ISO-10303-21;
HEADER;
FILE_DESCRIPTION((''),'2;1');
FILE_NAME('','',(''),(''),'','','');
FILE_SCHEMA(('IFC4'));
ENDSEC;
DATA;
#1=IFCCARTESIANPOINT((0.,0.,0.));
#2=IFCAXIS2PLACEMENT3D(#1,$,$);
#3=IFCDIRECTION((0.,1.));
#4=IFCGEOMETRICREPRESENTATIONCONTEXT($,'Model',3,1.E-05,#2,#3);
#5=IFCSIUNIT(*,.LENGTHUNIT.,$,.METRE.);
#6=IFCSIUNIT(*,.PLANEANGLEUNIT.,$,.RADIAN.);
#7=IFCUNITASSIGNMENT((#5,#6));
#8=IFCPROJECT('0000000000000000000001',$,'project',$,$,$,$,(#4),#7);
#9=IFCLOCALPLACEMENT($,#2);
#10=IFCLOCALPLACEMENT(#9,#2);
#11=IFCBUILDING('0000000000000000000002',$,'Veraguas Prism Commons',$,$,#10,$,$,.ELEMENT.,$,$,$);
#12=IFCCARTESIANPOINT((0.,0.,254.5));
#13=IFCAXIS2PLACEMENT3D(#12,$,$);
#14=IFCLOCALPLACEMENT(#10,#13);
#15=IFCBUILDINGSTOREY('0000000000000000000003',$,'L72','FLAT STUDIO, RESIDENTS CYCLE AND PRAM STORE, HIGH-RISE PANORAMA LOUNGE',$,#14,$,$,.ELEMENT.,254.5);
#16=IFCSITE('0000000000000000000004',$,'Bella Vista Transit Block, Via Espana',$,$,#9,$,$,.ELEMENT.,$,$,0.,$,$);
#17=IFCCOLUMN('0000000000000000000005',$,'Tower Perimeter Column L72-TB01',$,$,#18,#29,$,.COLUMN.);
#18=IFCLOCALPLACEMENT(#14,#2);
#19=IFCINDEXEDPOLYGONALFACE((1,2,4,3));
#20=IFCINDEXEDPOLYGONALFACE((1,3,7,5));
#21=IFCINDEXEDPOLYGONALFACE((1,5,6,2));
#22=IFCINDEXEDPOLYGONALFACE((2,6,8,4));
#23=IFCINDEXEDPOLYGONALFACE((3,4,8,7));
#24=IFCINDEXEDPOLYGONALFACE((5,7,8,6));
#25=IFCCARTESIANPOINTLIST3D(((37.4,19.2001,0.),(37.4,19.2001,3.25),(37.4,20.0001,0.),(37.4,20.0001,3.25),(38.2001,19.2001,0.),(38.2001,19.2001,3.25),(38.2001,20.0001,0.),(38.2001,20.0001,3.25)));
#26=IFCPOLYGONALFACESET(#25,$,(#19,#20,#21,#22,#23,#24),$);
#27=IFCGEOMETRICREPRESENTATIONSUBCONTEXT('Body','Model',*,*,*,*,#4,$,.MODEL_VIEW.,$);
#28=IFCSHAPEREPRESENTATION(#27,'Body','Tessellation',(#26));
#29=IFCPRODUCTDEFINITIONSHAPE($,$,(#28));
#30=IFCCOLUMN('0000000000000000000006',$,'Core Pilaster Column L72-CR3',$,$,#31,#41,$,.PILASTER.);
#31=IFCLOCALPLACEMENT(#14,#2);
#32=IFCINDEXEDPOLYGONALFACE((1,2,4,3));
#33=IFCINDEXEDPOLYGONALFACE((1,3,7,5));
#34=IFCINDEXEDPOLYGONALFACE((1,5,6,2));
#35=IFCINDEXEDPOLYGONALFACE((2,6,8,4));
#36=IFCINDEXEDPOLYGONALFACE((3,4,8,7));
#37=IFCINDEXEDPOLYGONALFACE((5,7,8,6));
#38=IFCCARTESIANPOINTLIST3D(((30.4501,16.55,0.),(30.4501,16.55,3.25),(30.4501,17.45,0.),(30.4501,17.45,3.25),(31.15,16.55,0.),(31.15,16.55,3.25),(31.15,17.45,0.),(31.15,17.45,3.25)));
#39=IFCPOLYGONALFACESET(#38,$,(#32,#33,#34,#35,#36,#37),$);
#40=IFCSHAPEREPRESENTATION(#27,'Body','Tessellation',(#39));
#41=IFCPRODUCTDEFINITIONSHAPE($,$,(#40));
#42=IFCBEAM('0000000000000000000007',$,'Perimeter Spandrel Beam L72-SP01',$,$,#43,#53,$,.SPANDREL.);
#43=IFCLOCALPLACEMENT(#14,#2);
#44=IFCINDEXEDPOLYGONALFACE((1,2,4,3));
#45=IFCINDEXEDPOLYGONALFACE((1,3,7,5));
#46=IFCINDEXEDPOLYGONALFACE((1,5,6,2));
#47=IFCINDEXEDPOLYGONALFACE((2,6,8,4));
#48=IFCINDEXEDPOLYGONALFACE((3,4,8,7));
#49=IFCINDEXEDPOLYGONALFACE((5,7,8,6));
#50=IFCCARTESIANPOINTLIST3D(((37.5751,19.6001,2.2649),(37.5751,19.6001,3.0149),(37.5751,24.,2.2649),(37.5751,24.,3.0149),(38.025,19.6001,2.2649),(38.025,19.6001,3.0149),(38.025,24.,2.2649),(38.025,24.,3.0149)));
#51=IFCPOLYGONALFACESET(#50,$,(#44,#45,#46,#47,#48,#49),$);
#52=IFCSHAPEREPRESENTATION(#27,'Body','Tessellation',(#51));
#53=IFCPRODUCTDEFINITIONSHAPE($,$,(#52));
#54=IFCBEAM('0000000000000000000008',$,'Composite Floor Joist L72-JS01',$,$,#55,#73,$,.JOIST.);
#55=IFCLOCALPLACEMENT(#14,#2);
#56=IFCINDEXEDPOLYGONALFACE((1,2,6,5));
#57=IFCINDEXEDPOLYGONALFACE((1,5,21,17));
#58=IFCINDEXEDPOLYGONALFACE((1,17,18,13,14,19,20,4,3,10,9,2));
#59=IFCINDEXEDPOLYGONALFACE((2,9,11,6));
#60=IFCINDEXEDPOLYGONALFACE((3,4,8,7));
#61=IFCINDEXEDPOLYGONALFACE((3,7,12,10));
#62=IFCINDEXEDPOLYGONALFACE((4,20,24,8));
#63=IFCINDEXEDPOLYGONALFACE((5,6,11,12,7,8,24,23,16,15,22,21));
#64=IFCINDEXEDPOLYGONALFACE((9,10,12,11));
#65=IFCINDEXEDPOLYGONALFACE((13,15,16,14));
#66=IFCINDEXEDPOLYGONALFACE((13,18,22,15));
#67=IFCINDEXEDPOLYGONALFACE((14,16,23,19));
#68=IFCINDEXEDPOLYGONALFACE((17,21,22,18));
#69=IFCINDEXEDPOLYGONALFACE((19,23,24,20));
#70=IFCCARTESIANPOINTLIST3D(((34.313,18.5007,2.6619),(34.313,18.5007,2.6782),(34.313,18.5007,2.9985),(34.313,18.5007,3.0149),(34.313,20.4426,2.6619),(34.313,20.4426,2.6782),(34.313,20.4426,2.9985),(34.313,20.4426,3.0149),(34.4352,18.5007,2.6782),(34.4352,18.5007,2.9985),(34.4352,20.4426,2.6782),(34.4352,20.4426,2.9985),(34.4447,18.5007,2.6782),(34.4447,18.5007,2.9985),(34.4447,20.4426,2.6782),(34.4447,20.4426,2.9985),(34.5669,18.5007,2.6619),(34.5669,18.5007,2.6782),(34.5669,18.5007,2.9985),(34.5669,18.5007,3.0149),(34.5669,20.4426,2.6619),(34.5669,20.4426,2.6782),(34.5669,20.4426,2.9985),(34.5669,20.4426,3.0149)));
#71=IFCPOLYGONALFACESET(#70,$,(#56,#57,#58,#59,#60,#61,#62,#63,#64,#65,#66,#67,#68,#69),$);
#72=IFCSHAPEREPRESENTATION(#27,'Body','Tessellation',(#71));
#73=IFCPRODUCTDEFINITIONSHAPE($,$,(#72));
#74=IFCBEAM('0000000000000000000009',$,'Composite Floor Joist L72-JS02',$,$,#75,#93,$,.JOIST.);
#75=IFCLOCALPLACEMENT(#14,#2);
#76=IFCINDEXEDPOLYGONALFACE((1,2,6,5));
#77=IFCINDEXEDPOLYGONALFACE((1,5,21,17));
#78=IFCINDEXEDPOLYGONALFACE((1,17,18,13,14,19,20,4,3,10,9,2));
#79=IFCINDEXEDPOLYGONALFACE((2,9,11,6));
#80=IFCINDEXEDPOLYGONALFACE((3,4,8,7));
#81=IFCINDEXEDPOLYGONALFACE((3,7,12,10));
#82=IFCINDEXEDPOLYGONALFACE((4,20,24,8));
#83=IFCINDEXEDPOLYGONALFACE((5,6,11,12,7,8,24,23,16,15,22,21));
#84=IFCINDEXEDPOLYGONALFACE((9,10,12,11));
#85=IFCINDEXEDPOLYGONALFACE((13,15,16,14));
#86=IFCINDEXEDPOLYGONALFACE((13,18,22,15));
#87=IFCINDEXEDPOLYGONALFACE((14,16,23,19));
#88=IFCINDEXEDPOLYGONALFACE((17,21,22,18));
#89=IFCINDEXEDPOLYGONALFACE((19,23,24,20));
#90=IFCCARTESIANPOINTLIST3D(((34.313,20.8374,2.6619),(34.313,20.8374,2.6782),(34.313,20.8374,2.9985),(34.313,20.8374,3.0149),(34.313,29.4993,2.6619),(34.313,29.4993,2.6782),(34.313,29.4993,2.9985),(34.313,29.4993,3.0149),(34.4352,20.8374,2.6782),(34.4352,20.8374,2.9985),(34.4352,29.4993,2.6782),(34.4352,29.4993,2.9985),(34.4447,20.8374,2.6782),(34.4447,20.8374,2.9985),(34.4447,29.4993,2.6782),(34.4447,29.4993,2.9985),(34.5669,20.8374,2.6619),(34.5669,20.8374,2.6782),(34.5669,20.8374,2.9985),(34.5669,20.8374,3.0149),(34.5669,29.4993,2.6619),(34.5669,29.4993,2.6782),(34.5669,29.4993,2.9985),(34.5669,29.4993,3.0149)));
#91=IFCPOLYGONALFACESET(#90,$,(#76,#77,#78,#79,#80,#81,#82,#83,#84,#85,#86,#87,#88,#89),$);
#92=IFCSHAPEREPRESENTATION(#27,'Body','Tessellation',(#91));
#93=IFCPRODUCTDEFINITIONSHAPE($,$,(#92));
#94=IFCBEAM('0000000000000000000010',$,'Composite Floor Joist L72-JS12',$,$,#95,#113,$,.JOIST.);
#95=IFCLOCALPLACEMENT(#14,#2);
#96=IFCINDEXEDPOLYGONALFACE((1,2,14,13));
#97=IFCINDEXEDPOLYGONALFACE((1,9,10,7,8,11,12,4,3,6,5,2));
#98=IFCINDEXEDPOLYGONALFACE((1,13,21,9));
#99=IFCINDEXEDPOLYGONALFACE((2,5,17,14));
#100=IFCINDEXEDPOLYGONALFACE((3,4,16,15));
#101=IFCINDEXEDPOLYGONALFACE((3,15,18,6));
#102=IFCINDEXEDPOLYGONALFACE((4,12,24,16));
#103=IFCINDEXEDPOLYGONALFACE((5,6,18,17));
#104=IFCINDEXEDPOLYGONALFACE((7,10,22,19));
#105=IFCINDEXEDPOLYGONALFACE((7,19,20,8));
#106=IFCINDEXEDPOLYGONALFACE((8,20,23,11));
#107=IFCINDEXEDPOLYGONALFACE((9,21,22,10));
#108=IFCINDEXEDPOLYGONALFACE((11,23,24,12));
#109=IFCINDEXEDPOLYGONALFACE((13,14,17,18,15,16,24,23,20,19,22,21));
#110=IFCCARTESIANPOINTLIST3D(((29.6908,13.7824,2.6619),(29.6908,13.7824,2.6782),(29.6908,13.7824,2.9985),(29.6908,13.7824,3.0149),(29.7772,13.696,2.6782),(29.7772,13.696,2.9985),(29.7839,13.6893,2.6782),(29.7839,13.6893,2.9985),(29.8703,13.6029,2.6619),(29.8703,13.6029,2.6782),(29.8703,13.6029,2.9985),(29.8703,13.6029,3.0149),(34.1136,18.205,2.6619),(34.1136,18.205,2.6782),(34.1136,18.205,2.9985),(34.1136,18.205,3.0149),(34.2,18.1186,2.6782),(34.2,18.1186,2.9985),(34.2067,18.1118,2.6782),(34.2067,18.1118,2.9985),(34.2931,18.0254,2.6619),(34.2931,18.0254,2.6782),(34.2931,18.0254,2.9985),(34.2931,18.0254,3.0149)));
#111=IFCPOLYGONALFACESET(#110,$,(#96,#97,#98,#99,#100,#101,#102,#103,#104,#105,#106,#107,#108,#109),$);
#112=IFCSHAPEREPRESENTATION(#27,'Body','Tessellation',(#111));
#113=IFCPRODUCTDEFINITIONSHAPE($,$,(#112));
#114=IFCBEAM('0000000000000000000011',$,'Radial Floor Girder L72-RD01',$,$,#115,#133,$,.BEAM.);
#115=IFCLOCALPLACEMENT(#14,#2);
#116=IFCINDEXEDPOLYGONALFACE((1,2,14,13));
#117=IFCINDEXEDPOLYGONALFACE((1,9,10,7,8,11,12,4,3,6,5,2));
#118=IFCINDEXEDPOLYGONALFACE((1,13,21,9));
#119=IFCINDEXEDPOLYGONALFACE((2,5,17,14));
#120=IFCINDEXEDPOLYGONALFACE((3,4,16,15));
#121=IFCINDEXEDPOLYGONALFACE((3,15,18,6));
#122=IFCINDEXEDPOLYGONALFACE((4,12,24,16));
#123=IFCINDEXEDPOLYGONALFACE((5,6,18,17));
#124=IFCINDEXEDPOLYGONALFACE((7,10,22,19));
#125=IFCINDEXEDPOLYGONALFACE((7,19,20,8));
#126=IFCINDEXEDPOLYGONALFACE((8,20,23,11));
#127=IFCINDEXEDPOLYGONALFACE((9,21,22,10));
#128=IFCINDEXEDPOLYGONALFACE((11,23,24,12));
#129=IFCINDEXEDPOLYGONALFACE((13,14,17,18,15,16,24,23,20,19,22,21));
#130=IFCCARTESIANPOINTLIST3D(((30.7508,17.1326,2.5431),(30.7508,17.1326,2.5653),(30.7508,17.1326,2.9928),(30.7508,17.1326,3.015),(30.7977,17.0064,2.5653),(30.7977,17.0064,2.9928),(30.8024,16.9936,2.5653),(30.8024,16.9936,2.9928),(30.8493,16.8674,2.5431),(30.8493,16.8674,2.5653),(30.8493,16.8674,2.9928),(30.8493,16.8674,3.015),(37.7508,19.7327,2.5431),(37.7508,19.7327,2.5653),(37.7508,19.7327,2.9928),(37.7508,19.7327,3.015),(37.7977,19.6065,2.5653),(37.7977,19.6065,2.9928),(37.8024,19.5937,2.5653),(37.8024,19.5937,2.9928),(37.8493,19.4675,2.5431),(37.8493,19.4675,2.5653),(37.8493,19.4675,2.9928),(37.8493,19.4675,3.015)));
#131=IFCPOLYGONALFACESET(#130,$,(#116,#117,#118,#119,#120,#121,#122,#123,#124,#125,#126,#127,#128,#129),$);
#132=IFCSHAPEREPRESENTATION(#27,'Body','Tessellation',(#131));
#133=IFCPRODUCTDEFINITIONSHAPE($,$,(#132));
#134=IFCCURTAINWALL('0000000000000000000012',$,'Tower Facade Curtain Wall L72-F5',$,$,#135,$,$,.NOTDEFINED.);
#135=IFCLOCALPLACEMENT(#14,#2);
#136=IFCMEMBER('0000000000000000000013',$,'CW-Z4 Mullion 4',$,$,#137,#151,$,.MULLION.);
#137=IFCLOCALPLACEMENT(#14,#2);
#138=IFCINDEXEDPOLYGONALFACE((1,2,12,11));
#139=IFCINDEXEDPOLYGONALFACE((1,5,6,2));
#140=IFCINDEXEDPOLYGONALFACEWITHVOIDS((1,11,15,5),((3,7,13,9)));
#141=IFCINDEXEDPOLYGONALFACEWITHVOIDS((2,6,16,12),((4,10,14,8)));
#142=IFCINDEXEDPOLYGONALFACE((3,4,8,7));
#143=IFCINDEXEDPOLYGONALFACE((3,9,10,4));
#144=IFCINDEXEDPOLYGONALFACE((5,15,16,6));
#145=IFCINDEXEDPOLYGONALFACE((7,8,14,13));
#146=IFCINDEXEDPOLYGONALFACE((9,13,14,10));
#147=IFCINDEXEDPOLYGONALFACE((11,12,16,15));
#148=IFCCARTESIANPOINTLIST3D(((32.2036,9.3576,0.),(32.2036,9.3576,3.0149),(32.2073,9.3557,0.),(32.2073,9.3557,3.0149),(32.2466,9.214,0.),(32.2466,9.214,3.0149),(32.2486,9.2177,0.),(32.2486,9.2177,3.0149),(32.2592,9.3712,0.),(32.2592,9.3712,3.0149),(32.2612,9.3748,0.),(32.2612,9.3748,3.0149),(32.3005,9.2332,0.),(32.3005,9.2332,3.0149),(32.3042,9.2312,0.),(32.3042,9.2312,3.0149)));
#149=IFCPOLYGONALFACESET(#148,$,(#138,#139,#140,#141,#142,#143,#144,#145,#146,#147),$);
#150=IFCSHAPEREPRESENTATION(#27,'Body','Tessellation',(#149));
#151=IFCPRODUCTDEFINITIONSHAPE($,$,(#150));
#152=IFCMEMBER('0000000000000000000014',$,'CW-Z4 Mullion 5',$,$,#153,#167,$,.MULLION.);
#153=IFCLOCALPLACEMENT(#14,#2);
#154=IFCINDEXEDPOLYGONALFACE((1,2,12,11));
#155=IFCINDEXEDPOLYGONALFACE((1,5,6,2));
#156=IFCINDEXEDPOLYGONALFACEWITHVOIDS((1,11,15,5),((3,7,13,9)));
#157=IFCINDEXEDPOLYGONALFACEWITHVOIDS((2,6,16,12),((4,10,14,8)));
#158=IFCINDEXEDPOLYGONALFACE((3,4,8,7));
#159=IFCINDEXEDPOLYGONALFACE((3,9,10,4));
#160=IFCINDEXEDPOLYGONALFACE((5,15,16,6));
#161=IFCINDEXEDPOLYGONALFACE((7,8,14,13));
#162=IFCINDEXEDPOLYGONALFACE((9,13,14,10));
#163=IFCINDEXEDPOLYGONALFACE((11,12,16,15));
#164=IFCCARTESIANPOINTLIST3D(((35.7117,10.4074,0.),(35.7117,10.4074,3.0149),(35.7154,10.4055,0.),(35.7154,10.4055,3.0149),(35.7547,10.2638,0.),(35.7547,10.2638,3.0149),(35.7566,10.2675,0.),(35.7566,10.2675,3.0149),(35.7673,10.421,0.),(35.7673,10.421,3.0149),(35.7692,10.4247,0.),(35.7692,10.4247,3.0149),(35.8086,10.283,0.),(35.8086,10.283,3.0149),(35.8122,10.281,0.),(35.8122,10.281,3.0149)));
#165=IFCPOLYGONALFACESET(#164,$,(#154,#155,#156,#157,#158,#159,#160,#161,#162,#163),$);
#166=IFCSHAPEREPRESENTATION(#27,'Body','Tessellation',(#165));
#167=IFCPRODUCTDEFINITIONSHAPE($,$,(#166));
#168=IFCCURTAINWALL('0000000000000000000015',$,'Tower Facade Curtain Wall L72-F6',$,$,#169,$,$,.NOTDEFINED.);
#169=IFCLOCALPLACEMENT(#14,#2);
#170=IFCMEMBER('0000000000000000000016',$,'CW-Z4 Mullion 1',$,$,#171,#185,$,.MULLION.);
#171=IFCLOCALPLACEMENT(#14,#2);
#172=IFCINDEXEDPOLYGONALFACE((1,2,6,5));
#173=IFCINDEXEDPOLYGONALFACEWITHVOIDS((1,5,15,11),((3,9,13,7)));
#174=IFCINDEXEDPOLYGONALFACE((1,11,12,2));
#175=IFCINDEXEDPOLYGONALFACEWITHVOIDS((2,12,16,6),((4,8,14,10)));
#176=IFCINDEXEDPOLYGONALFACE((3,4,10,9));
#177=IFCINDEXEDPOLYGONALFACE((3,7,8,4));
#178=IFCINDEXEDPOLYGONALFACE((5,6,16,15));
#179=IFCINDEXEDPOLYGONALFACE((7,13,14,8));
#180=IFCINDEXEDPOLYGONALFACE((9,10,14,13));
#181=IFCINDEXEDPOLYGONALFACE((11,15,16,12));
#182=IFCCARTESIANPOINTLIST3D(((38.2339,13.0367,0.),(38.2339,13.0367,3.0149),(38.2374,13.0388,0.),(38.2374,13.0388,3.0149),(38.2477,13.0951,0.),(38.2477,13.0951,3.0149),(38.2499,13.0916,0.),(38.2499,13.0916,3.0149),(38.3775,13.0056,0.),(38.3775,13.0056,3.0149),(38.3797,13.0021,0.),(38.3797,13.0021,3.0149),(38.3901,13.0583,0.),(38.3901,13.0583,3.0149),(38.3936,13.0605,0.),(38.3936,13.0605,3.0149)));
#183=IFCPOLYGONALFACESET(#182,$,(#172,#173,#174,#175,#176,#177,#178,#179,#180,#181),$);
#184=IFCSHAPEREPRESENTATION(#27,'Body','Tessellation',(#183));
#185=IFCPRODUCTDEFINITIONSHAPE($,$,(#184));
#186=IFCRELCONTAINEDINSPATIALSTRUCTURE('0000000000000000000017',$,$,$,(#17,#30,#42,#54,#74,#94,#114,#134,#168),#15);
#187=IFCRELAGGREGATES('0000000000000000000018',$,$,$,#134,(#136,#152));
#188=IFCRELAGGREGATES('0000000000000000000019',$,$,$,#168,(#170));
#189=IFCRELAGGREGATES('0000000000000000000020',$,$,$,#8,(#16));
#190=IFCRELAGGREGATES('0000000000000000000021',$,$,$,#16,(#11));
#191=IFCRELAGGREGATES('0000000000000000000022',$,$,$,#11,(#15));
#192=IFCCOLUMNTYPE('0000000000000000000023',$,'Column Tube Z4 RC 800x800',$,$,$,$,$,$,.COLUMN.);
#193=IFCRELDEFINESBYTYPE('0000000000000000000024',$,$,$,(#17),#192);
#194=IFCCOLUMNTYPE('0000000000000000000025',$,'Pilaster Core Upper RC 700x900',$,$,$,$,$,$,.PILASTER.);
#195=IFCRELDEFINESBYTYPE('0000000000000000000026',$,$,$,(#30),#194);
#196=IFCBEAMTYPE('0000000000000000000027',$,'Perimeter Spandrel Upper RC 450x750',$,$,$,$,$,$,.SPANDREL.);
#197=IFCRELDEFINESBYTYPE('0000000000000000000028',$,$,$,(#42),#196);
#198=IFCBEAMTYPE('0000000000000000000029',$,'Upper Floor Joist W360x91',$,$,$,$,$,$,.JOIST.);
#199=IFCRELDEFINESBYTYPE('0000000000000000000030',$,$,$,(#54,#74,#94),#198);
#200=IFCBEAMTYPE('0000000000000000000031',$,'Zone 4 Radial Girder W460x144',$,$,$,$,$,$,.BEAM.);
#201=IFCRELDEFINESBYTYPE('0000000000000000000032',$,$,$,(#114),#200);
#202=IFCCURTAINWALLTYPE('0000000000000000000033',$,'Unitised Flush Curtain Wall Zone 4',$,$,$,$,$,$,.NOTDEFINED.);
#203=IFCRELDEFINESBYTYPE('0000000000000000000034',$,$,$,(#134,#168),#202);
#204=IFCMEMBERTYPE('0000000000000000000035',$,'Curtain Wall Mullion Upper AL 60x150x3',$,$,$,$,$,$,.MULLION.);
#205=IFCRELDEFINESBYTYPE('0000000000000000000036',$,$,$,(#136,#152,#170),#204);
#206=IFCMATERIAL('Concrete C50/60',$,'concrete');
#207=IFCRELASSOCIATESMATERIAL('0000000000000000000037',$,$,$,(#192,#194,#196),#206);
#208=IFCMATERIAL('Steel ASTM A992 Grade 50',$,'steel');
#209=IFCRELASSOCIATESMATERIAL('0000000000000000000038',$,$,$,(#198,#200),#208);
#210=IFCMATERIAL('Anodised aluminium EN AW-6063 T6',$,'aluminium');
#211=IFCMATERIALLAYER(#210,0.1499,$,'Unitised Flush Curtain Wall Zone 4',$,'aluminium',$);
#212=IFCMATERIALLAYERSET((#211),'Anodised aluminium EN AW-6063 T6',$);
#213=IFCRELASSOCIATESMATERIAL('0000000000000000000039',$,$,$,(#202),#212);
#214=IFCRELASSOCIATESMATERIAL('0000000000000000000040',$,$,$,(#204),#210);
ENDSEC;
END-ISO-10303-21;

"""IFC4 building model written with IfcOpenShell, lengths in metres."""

from ifc_helpers import new_model, si_unit, direction, frame, origin, origin_2d, place, context, subcontext, project, spatial, rectangle, hollow_rectangle, i_section, extrude, source, transform, mapped, material, layer, layer_set, material_profile, profile_set, type_object, element, aggregate, save


model = new_model("IFC4")

# Units and contexts
model_context = context("Model", 3, precision=1e-05, world=origin(), true_north=direction((0.0, 1.0)))
body_context = subcontext(model_context, "Body", "Model", "MODEL_VIEW")
ifc_project = project(units=[si_unit("LENGTHUNIT", "METRE"), si_unit("PLANEANGLEUNIT", "RADIAN")], contexts=[model_context])

# Site, building, storey
site_placement = place(None, origin())
site = spatial("IfcSite", under=ifc_project, at=site_placement, Name="Bella Vista Transit Block, Via Espana", CompositionType="ELEMENT", RefElevation=0.0)
building_placement = place(site_placement, origin())
building = spatial("IfcBuilding", under=site, at=building_placement, Name="Veraguas Prism Commons", CompositionType="ELEMENT")
storey_placement = place(building_placement, frame((0.0, 0.0, 254.5)))
storey = spatial("IfcBuildingStorey", under=building, at=storey_placement, Name="L72", Description="FLAT STUDIO, RESIDENTS CYCLE AND PRAM STORE, HIGH-RISE PANORAMA LOUNGE", CompositionType="ELEMENT", Elevation=254.5)

# Columns
ifc_material_1 = material(Name="Concrete C50/60", Category="concrete")
ifc_material_profile_1 = material_profile(ifc_material_1, rectangle(XDim=0.8, YDim=0.8, at=origin_2d()), Name="RC800X800")
ifc_profile_set_1 = profile_set([ifc_material_profile_1], Name="Concrete C50/60")
column_type_1 = type_object("IfcColumnType", Name="Column Tube Z4 RC 800x800", PredefinedType="COLUMN", material=ifc_profile_set_1)
column_1_placement = place(storey_placement, frame((37.8, 19.6001, 0.0), z_axis=(0.0, 0.0, 1.0), x_axis=(1.0, 0.0, 0.0)))
element("IfcColumn", 1, at=column_1_placement, inside=storey, type_object=column_type_1, Name="Tower Perimeter Column L72-TB01", PredefinedType="COLUMN", context=body_context, shape_type="SweptSolid", body=[
    extrude(rectangle(XDim=0.8, YDim=0.8, at=origin_2d()), origin(), (0.0, 0.0, 1.0), 3.25),
])
ifc_material_profile_2 = material_profile(ifc_material_1, rectangle(XDim=0.7, YDim=0.8999, at=origin_2d()), Name="RC700X900")
ifc_profile_set_2 = profile_set([ifc_material_profile_2], Name="Concrete C50/60")
column_type_2 = type_object("IfcColumnType", Name="Pilaster Core Upper RC 700x900", PredefinedType="PILASTER", material=ifc_profile_set_2)
column_2_placement = place(storey_placement, frame((30.8, 17.0, 0.0), z_axis=(0.0, 0.0, 1.0), x_axis=(1.0, 0.0, 0.0)))
element("IfcColumn", 2, at=column_2_placement, inside=storey, type_object=column_type_2, Name="Core Pilaster Column L72-CR3", PredefinedType="PILASTER", context=body_context, shape_type="SweptSolid", body=[
    extrude(rectangle(XDim=0.7, YDim=0.8999, at=origin_2d()), origin(), (0.0, 0.0, 1.0), 3.25),
])

# Beams
ifc_material_profile_3 = material_profile(ifc_material_1, rectangle(XDim=0.45, YDim=0.75, at=origin_2d()), Name="RC450X750")
ifc_profile_set_3 = profile_set([ifc_material_profile_3], Name="Concrete C50/60")
beam_type_1 = type_object("IfcBeamType", Name="Perimeter Spandrel Upper RC 450x750", PredefinedType="SPANDREL", material=ifc_profile_set_3)
beam_1_placement = place(storey_placement, frame((37.8, 19.6001, 2.6399), z_axis=(0.0, 1.0, 0.0), x_axis=(-1.0, 0.0, 0.0)))
element("IfcBeam", 3, at=beam_1_placement, inside=storey, type_object=beam_type_1, Name="Perimeter Spandrel Beam L72-SP01", PredefinedType="SPANDREL", context=body_context, shape_type="SweptSolid", body=[
    extrude(rectangle(XDim=0.45, YDim=0.75, at=origin_2d()), origin(), (0.0, 0.0, 1.0), 4.3999),
])
ifc_material_2 = material(Name="Steel ASTM A992 Grade 50", Category="steel")
ifc_material_profile_4 = material_profile(ifc_material_2, i_section(OverallWidth=0.2539, OverallDepth=0.353, WebThickness=0.0095, FlangeThickness=0.0164, at=origin_2d()), Name="W360X91")
ifc_profile_set_4 = profile_set([ifc_material_profile_4], Name="Steel ASTM A992 Grade 50")
beam_type_2 = type_object("IfcBeamType", Name="Upper Floor Joist W360x91", PredefinedType="JOIST", material=ifc_profile_set_4)
beam_2_placement = place(storey_placement, frame((34.4399, 18.5007, 2.8384), z_axis=(0.0, 1.0, 0.0), x_axis=(-1.0, 0.0, 0.0)))
element("IfcBeam", 4, at=beam_2_placement, inside=storey, type_object=beam_type_2, Name="Composite Floor Joist L72-JS01", PredefinedType="JOIST", context=body_context, shape_type="SweptSolid", body=[
    extrude(i_section(OverallWidth=0.2539, OverallDepth=0.353, WebThickness=0.0095, FlangeThickness=0.0164, at=origin_2d()), origin(), (0.0, 0.0, 1.0), 1.9419),
])
beam_3_placement = place(storey_placement, frame((34.4399, 20.8374, 2.8384), z_axis=(0.0, 1.0, 0.0), x_axis=(-1.0, 0.0, 0.0)))
element("IfcBeam", 5, at=beam_3_placement, inside=storey, type_object=beam_type_2, Name="Composite Floor Joist L72-JS02", PredefinedType="JOIST", context=body_context, shape_type="SweptSolid", body=[
    extrude(i_section(OverallWidth=0.2539, OverallDepth=0.353, WebThickness=0.0095, FlangeThickness=0.0164, at=origin_2d()), origin(), (0.0, 0.0, 1.0), 8.6619),
])
beam_4_placement = place(storey_placement, frame((29.7805, 13.6926, 2.8384), z_axis=(0.707126, 0.707087, 0.0), x_axis=(-0.707087, 0.707126, 0.0)))
element("IfcBeam", 6, at=beam_4_placement, inside=storey, type_object=beam_type_2, Name="Composite Floor Joist L72-JS12", PredefinedType="JOIST", context=body_context, shape_type="SweptSolid", body=[
    extrude(i_section(OverallWidth=0.2539, OverallDepth=0.353, WebThickness=0.0095, FlangeThickness=0.0164, at=origin_2d()), origin(), (0.0, 0.0, 1.0), 6.2546),
])
ifc_material_profile_5 = material_profile(ifc_material_2, i_section(OverallWidth=0.283, OverallDepth=0.4719, WebThickness=0.0137, FlangeThickness=0.0222, at=origin_2d()), Name="W460X144")
ifc_profile_set_5 = profile_set([ifc_material_profile_5], Name="Steel ASTM A992 Grade 50")
beam_type_3 = type_object("IfcBeamType", Name="Zone 4 Radial Girder W460x144", PredefinedType="BEAM", material=ifc_profile_set_5)
beam_5_placement = place(storey_placement, frame((37.8, 19.6001, 2.7791), z_axis=(-0.937421, -0.348198, 0.0), x_axis=(0.348198, -0.937421, 0.0)))
element("IfcBeam", 7, at=beam_5_placement, inside=storey, type_object=beam_type_3, Name="Radial Floor Girder L72-RD01", PredefinedType="BEAM", context=body_context, shape_type="SweptSolid", body=[
    extrude(i_section(OverallWidth=0.283, OverallDepth=0.4719, WebThickness=0.0137, FlangeThickness=0.0222, at=origin_2d()), origin(), (0.0, 0.0, 1.0), 7.4673),
])

# Curtain walls, members
ifc_material_3 = material(Name="Anodised aluminium EN AW-6063 T6", Category="aluminium")
ifc_layer_1 = layer(ifc_material_3, 0.1499, Name="Unitised Flush Curtain Wall Zone 4", Category="aluminium")
ifc_layer_set_1 = layer_set([ifc_layer_1], Name="Anodised aluminium EN AW-6063 T6")
curtain_wall_type = type_object("IfcCurtainWallType", Name="Unitised Flush Curtain Wall Zone 4", PredefinedType="NOTDEFINED", material=ifc_layer_set_1)
curtain_wall_1_placement = place(storey_placement, origin())
curtain_wall_1 = element("IfcCurtainWall", 8, at=curtain_wall_1_placement, inside=storey, type_object=curtain_wall_type, Name="Tower Facade Curtain Wall L72-F5", PredefinedType="NOTDEFINED")
ifc_material_profile_6 = material_profile(ifc_material_3, hollow_rectangle(XDim=0.0601, YDim=0.1499, WallThickness=0.0029, at=origin_2d()), Name="AL60X150X3")
ifc_profile_set_6 = profile_set([ifc_material_profile_6], Name="Anodised aluminium EN AW-6063 T6")
member_type_1 = type_object("IfcMemberType", Name="Curtain Wall Mullion Upper AL 60x150x3", PredefinedType="MULLION", material=ifc_profile_set_6)
shared_shape_1 = source(origin(), body_context, "Body", "SweptSolid", [
    extrude(hollow_rectangle(XDim=0.0601, YDim=0.1499, WallThickness=0.0029, at=origin_2d()), origin(), (0.0, 0.0, 1.0), 3.0149),
])
member_1_placement = place(storey_placement, frame((32.2539, 9.2944, 0.0), z_axis=(0.0, 0.0, 1.0), x_axis=(0.958023, 0.286692, 0.0)))
member_1 = element("IfcMember", 9, at=member_1_placement, type_object=member_type_1, Name="CW-Z4 Mullion 4", PredefinedType="MULLION", context=body_context, shape_type="MappedRepresentation", body=[
    mapped(shared_shape_1, transform((0.0, 0.0, 0.0), scale=1.0)),
])
member_2_placement = place(storey_placement, frame((35.762, 10.3442, 0.0), z_axis=(0.0, 0.0, 1.0), x_axis=(0.958023, 0.286692, 0.0)))
member_2 = element("IfcMember", 10, at=member_2_placement, type_object=member_type_1, Name="CW-Z4 Mullion 5", PredefinedType="MULLION", context=body_context, shape_type="MappedRepresentation", body=[
    mapped(shared_shape_1, transform((0.0, 0.0, 0.0), scale=1.0)),
])
curtain_wall_2_placement = place(storey_placement, origin())
curtain_wall_2 = element("IfcCurtainWall", 11, at=curtain_wall_2_placement, inside=storey, type_object=curtain_wall_type, Name="Tower Facade Curtain Wall L72-F6", PredefinedType="NOTDEFINED")
member_3_placement = place(storey_placement, frame((38.3137, 13.0486, 0.0), z_axis=(0.0, 0.0, 1.0), x_axis=(0.230741, 0.973015, 0.0)))
member_3 = element("IfcMember", 12, at=member_3_placement, type_object=member_type_1, Name="CW-Z4 Mullion 1", PredefinedType="MULLION", context=body_context, shape_type="MappedRepresentation", body=[
    mapped(shared_shape_1, transform((0.0, 0.0, 0.0), scale=1.0)),
])

aggregate(curtain_wall_1, [member_1, member_2])
aggregate(curtain_wall_2, [member_3])

save(model, "model.ifc")
